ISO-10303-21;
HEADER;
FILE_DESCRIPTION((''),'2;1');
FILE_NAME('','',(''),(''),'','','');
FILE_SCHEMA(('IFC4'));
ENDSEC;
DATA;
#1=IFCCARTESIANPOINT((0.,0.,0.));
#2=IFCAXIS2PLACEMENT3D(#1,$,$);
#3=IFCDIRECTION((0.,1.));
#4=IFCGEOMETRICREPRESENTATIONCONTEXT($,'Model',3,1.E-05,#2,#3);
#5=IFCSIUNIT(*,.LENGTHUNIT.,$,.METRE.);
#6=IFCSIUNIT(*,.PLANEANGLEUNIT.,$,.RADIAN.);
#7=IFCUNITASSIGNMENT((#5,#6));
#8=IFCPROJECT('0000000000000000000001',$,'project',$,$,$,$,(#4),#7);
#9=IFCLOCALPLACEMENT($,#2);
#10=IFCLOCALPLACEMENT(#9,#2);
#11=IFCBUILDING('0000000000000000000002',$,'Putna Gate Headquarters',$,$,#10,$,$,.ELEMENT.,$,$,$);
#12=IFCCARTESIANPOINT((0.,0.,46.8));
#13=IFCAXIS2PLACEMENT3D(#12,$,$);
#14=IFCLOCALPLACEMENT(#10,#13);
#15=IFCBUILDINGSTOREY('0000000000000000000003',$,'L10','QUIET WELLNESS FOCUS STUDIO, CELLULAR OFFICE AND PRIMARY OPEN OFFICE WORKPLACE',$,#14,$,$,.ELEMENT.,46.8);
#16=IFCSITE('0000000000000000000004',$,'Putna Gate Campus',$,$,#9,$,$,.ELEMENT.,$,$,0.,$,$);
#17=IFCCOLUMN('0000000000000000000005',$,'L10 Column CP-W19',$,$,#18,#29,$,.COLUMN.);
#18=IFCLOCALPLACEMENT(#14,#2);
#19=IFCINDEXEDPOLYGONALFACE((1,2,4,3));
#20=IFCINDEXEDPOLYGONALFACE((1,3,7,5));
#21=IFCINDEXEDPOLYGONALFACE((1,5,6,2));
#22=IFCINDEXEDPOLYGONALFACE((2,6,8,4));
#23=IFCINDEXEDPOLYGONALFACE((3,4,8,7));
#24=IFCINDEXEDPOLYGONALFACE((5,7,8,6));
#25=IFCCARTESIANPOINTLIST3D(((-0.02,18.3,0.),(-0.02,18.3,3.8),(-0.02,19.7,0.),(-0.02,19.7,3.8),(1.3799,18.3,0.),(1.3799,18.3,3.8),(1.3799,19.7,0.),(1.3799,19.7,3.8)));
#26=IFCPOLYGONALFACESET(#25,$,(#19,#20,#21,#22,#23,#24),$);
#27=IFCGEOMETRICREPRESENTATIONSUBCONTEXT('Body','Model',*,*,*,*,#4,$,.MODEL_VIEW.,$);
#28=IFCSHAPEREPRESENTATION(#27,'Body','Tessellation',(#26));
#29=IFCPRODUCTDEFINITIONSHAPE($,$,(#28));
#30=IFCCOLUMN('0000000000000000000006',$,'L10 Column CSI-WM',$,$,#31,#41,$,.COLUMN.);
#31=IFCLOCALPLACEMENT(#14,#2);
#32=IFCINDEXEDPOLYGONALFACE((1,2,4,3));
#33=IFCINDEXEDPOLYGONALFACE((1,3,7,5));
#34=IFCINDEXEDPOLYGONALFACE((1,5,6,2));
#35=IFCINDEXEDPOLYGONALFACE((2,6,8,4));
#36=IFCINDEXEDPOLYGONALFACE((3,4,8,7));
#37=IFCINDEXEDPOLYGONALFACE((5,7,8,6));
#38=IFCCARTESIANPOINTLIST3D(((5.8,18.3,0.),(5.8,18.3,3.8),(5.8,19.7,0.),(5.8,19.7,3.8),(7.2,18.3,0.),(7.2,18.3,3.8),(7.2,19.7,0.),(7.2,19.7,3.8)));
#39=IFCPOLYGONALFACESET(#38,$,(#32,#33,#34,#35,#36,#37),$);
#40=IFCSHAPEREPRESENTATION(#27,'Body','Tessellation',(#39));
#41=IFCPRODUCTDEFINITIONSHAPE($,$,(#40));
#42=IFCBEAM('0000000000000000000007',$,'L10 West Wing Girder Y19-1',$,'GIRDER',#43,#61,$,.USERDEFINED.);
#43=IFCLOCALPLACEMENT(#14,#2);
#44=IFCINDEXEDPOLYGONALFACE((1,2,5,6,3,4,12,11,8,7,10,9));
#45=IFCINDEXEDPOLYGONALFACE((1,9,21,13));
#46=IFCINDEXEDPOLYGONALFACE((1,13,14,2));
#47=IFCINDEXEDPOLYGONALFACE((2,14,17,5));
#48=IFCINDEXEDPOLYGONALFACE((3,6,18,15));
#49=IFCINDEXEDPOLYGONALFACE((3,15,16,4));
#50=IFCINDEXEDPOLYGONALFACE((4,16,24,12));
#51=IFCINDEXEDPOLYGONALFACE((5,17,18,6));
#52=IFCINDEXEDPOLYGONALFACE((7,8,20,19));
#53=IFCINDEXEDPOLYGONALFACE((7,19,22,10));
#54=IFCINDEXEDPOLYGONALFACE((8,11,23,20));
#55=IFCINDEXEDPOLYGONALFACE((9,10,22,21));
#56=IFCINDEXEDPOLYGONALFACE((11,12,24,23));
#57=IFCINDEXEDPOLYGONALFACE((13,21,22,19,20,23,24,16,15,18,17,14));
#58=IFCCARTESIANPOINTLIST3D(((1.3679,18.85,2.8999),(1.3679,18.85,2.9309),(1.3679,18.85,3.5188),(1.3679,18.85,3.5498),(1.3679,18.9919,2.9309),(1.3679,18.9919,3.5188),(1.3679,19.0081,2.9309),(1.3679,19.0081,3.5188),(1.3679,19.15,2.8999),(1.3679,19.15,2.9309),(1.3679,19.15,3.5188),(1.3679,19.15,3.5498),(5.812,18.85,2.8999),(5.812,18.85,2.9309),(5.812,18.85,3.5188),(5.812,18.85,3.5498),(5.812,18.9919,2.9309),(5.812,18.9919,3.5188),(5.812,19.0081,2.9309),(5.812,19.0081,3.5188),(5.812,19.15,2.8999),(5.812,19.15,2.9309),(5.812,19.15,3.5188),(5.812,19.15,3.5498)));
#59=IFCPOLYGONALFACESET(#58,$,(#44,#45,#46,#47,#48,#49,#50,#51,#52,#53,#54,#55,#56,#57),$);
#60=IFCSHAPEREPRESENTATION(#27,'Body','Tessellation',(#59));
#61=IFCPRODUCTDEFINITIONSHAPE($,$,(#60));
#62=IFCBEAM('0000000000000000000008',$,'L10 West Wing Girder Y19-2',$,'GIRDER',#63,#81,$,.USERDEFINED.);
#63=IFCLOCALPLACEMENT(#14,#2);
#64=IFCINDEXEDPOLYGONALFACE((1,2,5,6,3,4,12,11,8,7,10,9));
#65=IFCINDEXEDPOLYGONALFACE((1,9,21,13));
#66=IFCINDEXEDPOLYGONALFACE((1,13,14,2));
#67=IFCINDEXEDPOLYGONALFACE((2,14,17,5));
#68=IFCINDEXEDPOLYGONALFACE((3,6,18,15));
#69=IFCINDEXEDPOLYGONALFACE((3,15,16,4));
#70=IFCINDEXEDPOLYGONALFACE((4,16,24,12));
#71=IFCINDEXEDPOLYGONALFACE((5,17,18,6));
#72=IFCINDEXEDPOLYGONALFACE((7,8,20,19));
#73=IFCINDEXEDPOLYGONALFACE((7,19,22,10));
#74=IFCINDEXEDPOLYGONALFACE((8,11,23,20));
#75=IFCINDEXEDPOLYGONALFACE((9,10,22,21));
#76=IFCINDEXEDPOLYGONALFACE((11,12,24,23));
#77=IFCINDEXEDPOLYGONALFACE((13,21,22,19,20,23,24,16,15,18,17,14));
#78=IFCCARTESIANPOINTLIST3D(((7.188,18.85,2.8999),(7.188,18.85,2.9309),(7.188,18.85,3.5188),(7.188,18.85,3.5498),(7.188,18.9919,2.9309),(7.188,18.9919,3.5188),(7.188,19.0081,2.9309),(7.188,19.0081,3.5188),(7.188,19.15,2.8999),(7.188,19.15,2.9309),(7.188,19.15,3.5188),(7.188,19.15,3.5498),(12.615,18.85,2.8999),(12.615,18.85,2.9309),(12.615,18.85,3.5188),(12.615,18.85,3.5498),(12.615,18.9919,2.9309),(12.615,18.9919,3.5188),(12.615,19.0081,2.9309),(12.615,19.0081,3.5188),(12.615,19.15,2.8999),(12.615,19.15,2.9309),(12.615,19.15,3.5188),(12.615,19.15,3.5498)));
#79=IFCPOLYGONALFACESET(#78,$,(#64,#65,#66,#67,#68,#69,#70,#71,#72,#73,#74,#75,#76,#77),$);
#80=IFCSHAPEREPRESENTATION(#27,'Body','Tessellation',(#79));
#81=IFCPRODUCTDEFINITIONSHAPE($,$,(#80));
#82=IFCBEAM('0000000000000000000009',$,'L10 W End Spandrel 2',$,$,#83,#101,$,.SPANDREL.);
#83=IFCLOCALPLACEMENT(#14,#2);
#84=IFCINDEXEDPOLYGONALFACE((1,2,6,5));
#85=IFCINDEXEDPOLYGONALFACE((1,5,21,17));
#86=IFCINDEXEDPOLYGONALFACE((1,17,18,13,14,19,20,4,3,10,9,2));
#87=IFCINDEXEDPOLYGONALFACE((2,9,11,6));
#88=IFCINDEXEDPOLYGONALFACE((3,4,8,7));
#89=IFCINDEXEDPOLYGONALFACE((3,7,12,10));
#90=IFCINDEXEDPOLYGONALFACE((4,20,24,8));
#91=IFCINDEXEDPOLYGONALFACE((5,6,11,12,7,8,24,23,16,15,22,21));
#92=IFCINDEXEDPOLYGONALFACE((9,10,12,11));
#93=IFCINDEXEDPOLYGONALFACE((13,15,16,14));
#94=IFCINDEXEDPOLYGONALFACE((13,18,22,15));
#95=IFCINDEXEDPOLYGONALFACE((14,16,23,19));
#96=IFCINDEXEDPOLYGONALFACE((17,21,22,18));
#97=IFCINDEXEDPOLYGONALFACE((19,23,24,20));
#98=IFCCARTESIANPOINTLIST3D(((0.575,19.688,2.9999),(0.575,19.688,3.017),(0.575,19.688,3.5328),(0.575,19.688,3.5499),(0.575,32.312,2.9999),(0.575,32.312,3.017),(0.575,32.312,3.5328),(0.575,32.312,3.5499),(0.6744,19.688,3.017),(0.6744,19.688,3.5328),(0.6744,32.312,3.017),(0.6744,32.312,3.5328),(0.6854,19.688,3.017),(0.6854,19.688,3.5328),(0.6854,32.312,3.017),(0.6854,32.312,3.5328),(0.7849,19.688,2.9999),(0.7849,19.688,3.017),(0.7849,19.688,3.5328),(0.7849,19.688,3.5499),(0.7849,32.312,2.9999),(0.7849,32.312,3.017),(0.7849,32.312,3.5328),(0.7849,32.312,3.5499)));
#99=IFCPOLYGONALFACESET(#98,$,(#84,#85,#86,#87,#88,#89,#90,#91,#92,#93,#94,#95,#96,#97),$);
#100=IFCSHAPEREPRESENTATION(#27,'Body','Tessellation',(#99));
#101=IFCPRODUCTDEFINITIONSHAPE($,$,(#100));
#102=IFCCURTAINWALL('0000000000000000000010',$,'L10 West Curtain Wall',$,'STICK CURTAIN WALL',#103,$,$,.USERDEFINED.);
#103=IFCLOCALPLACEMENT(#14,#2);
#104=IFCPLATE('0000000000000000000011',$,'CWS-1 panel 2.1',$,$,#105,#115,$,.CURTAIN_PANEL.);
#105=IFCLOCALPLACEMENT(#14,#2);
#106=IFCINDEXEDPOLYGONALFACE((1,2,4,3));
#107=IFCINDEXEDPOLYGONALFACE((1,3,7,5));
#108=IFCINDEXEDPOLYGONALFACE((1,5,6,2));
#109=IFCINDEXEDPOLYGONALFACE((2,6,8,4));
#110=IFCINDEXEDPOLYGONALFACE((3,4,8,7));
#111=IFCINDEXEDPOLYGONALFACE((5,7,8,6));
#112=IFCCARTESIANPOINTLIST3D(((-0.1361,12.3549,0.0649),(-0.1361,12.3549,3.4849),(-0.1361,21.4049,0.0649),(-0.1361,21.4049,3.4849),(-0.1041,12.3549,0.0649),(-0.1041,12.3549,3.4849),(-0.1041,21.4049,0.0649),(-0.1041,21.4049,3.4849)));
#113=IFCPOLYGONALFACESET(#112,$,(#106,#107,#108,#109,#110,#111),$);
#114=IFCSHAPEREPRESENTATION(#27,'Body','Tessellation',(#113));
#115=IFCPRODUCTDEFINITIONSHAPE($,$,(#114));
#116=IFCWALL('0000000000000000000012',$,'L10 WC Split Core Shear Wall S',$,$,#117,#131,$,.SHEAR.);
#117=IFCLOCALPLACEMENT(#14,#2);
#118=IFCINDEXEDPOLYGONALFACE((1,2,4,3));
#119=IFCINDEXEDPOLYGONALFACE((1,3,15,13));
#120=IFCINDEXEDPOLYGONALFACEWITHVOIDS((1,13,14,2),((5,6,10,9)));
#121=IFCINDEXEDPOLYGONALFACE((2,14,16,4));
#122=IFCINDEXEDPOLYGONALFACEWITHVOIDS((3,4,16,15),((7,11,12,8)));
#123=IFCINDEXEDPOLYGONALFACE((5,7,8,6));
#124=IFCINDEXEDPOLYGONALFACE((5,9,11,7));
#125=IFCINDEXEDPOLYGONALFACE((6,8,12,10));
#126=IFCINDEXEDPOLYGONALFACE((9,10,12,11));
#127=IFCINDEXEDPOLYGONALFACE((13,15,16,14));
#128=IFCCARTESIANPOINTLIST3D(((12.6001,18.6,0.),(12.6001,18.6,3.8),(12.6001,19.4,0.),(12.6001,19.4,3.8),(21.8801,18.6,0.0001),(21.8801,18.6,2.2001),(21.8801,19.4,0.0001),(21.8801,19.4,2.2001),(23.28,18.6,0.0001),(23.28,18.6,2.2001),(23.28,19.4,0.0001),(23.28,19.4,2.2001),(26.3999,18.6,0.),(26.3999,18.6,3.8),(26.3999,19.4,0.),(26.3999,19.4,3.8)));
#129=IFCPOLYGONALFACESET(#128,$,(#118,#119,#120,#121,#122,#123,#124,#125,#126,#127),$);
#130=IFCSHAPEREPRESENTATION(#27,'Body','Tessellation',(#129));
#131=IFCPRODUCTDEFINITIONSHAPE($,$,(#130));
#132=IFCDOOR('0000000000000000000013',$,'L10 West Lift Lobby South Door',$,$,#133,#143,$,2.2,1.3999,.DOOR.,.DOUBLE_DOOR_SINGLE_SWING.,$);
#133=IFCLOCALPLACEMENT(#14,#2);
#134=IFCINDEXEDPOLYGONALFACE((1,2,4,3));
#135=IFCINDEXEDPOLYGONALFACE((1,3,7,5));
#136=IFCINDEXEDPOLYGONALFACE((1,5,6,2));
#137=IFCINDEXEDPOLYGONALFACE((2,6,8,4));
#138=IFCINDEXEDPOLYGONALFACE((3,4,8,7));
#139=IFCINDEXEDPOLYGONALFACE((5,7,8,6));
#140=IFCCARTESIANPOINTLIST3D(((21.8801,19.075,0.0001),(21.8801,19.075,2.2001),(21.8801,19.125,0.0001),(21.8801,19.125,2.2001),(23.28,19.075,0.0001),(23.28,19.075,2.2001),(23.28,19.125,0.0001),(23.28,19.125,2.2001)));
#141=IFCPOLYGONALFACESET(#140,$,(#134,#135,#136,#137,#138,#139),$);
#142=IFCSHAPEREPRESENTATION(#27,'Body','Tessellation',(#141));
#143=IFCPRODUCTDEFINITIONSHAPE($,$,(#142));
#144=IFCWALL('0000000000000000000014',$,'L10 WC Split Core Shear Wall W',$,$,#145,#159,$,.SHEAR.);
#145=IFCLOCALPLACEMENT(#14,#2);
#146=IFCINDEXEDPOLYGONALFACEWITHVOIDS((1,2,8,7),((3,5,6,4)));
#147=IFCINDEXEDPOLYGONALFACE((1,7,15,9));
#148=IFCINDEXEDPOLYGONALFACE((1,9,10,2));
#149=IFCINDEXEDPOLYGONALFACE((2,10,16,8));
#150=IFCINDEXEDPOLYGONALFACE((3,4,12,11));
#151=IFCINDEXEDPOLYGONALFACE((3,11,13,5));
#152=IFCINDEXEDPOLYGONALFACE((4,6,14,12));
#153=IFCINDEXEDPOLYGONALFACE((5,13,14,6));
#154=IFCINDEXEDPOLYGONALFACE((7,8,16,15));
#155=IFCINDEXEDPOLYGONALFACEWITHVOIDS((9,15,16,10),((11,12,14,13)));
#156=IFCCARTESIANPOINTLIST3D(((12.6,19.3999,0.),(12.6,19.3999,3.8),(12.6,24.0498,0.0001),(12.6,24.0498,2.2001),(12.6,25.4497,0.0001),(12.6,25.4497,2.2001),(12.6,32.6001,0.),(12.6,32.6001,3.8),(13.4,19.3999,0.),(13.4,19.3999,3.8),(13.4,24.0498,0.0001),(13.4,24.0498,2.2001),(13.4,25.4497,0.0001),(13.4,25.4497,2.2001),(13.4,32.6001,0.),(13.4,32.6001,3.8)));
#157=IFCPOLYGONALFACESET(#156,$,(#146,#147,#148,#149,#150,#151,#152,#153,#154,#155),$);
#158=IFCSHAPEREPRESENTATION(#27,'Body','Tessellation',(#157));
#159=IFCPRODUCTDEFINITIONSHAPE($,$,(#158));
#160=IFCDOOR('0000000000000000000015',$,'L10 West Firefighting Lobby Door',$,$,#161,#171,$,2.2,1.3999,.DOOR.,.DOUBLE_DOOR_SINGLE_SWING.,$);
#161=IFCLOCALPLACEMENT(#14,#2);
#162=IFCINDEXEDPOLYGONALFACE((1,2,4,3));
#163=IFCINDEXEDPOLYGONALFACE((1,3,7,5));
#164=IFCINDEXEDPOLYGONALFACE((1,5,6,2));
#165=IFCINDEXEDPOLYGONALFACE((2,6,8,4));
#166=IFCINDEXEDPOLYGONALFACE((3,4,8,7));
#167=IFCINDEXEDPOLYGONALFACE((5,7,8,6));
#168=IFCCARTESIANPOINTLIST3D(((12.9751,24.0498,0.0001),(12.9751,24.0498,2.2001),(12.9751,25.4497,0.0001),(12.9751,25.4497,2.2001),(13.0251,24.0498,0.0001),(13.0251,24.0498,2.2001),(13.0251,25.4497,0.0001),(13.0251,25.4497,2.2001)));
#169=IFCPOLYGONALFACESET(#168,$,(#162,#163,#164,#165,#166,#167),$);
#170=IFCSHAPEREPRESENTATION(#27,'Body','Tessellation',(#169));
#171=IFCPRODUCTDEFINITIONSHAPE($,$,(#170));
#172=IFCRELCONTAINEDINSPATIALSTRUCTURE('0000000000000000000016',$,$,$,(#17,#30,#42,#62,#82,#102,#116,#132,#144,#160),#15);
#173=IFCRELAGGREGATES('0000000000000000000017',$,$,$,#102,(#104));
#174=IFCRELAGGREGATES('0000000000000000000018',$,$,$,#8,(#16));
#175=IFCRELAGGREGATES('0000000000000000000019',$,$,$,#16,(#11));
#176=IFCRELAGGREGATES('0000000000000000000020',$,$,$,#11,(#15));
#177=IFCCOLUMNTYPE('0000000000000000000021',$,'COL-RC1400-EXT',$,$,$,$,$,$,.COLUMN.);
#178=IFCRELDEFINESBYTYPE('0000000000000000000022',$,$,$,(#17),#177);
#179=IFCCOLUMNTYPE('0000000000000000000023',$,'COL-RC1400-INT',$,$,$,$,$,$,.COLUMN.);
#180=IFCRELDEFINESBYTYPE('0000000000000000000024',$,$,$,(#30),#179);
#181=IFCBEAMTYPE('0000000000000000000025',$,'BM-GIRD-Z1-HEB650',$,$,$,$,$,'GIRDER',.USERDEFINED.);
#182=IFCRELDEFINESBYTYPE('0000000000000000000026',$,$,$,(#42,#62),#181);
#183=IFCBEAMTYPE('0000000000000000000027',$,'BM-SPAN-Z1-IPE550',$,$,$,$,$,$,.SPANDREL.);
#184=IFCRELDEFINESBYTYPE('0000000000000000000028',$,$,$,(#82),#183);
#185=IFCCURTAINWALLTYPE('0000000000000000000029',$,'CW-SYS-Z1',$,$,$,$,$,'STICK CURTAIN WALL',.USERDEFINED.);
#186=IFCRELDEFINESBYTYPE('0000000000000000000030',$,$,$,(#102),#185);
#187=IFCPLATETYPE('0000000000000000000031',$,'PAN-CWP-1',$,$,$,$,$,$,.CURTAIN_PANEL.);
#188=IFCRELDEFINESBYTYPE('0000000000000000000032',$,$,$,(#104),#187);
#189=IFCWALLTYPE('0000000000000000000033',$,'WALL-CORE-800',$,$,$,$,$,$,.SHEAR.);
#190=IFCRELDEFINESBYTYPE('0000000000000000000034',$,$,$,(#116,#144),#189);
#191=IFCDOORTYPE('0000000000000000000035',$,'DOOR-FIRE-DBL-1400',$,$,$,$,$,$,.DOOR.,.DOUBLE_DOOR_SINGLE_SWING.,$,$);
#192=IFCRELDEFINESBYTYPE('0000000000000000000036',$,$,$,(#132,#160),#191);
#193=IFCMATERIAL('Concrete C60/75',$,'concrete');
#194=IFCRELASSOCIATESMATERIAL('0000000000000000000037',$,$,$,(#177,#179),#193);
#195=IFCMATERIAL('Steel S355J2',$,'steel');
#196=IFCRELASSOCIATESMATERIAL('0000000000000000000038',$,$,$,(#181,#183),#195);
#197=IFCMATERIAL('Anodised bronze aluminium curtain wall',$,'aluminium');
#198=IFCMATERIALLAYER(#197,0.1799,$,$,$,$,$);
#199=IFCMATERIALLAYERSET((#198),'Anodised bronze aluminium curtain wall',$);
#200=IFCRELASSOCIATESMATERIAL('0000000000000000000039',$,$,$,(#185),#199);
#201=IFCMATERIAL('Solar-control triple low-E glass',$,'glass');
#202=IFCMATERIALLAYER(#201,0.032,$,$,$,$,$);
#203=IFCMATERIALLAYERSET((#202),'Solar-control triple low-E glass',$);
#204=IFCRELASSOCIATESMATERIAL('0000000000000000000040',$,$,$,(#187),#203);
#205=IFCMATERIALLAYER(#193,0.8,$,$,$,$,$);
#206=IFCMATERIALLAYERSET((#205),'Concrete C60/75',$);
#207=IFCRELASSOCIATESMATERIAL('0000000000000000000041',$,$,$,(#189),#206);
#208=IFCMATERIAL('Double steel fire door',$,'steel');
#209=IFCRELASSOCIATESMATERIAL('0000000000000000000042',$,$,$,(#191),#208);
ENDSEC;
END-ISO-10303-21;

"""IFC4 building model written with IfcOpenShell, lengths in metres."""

from ifc_helpers import new_model, si_unit, direction, frame, frame_2d, origin, origin_2d, place, context, subcontext, project, spatial, rectangle, i_section, extrude, material, layer, layer_set, material_profile, profile_set, type_object, element, fill, aggregate, save


model = new_model("IFC4")

# Units and contexts
model_context = context("Model", 3, precision=1e-05, world=origin(), true_north=direction((0.0, 1.0)))
body_context = subcontext(model_context, "Body", "Model", "MODEL_VIEW")
ifc_project = project(units=[si_unit("LENGTHUNIT", "METRE"), si_unit("PLANEANGLEUNIT", "RADIAN")], contexts=[model_context])

# Site, building, storey
site_placement = place(None, origin())
site = spatial("IfcSite", under=ifc_project, at=site_placement, Name="Putna Gate Campus", CompositionType="ELEMENT", RefElevation=0.0)
building_placement = place(site_placement, origin())
building = spatial("IfcBuilding", under=site, at=building_placement, Name="Putna Gate Headquarters", CompositionType="ELEMENT")
storey_placement = place(building_placement, frame((0.0, 0.0, 46.8)))
storey = spatial("IfcBuildingStorey", under=building, at=storey_placement, Name="L10", Description="QUIET WELLNESS FOCUS STUDIO, CELLULAR OFFICE AND PRIMARY OPEN OFFICE WORKPLACE", CompositionType="ELEMENT", Elevation=46.8)

# Columns
ifc_material_1 = material(Name="Concrete C60/75", Category="concrete")
ifc_material_profile_1 = material_profile(ifc_material_1, rectangle(XDim=1.3999, YDim=1.3999, at=origin_2d()), Name="Concrete C60/75")
ifc_profile_set_1 = profile_set([ifc_material_profile_1], Name="Concrete C60/75")
column_type_1 = type_object("IfcColumnType", Name="COL-RC1400-EXT", PredefinedType="COLUMN", material=ifc_profile_set_1)
column_1_placement = place(storey_placement, frame((0.6799, 19.0, 0.0), z_axis=(0.0, 0.0, 1.0), x_axis=(1.0, 0.0, 0.0)))
element("IfcColumn", 1, at=column_1_placement, inside=storey, type_object=column_type_1, Name="L10 Column CP-W19", PredefinedType="COLUMN", context=body_context, shape_type="SweptSolid", body=[
    extrude(rectangle(XDim=1.3999, YDim=1.3999, at=origin_2d()), origin(), (0.0, 0.0, 1.0), 3.8),
])
ifc_material_profile_2 = material_profile(ifc_material_1, rectangle(XDim=1.3999, YDim=1.3999, at=origin_2d()), Name="Concrete C60/75")
ifc_profile_set_2 = profile_set([ifc_material_profile_2], Name="Concrete C60/75")
column_type_2 = type_object("IfcColumnType", Name="COL-RC1400-INT", PredefinedType="COLUMN", material=ifc_profile_set_2)
column_2_placement = place(storey_placement, frame((6.5, 19.0, 0.0), z_axis=(0.0, 0.0, 1.0), x_axis=(1.0, 0.0, 0.0)))
element("IfcColumn", 2, at=column_2_placement, inside=storey, type_object=column_type_2, Name="L10 Column CSI-WM", PredefinedType="COLUMN", context=body_context, shape_type="SweptSolid", body=[
    extrude(rectangle(XDim=1.3999, YDim=1.3999, at=origin_2d()), origin(), (0.0, 0.0, 1.0), 3.8),
])

# Beams
ifc_material_2 = material(Name="Steel S355J2", Category="steel")
ifc_material_profile_3 = material_profile(ifc_material_2, i_section(OverallWidth=0.3, OverallDepth=0.6499, WebThickness=0.0161, FlangeThickness=0.031, at=origin_2d()), Name="Steel S355J2")
ifc_profile_set_3 = profile_set([ifc_material_profile_3], Name="Steel S355J2")
beam_type_1 = type_object("IfcBeamType", Name="BM-GIRD-Z1-HEB650", ElementType="GIRDER", PredefinedType="USERDEFINED", material=ifc_profile_set_3)
beam_1_placement = place(storey_placement, frame((1.3679, 19.0, 3.2249), z_axis=(1.0, 0.0, 0.0), x_axis=(0.0, 1.0, 0.0)))
element("IfcBeam", 3, at=beam_1_placement, inside=storey, type_object=beam_type_1, Name="L10 West Wing Girder Y19-1", ObjectType="GIRDER", PredefinedType="USERDEFINED", context=body_context, shape_type="SweptSolid", body=[
    extrude(i_section(OverallWidth=0.3, OverallDepth=0.6499, WebThickness=0.0161, FlangeThickness=0.031, at=origin_2d()), origin(), (0.0, 0.0, 1.0), 4.4441),
])
beam_2_placement = place(storey_placement, frame((7.188, 19.0, 3.2249), z_axis=(1.0, 0.0, 0.0), x_axis=(0.0, 1.0, 0.0)))
element("IfcBeam", 4, at=beam_2_placement, inside=storey, type_object=beam_type_1, Name="L10 West Wing Girder Y19-2", ObjectType="GIRDER", PredefinedType="USERDEFINED", context=body_context, shape_type="SweptSolid", body=[
    extrude(i_section(OverallWidth=0.3, OverallDepth=0.6499, WebThickness=0.0161, FlangeThickness=0.031, at=origin_2d()), origin(), (0.0, 0.0, 1.0), 5.427),
])
ifc_material_profile_4 = material_profile(ifc_material_2, i_section(OverallWidth=0.21, OverallDepth=0.55, WebThickness=0.011, FlangeThickness=0.0171, at=origin_2d()), Name="Steel S355J2")
ifc_profile_set_4 = profile_set([ifc_material_profile_4], Name="Steel S355J2")
beam_type_2 = type_object("IfcBeamType", Name="BM-SPAN-Z1-IPE550", PredefinedType="SPANDREL", material=ifc_profile_set_4)
beam_3_placement = place(storey_placement, frame((0.6799, 19.688, 3.2749), z_axis=(0.0, 1.0, 0.0), x_axis=(-1.0, 0.0, 0.0)))
element("IfcBeam", 5, at=beam_3_placement, inside=storey, type_object=beam_type_2, Name="L10 W End Spandrel 2", PredefinedType="SPANDREL", context=body_context, shape_type="SweptSolid", body=[
    extrude(i_section(OverallWidth=0.21, OverallDepth=0.55, WebThickness=0.011, FlangeThickness=0.0171, at=origin_2d()), origin(), (0.0, 0.0, 1.0), 12.624),
])

# Curtain wall, plate
ifc_material_3 = material(Name="Anodised bronze aluminium curtain wall", Category="aluminium")
ifc_layer_1 = layer(ifc_material_3, 0.1799)
ifc_layer_set_1 = layer_set([ifc_layer_1], Name="Anodised bronze aluminium curtain wall")
curtain_wall_type = type_object("IfcCurtainWallType", Name="CW-SYS-Z1", ElementType="STICK CURTAIN WALL", PredefinedType="USERDEFINED", material=ifc_layer_set_1)
curtain_wall_placement = place(storey_placement, origin())
curtain_wall = element("IfcCurtainWall", 6, at=curtain_wall_placement, inside=storey, type_object=curtain_wall_type, Name="L10 West Curtain Wall", ObjectType="STICK CURTAIN WALL", PredefinedType="USERDEFINED")
ifc_material_4 = material(Name="Solar-control triple low-E glass", Category="glass")
ifc_layer_2 = layer(ifc_material_4, 0.032)
ifc_layer_set_2 = layer_set([ifc_layer_2], Name="Solar-control triple low-E glass")
plate_type = type_object("IfcPlateType", Name="PAN-CWP-1", PredefinedType="CURTAIN_PANEL", material=ifc_layer_set_2)
plate_placement = place(storey_placement, frame((-0.1201, 16.8799, 0.0649), z_axis=(0.0, 0.0, 1.0), x_axis=(0.0, 1.0, 0.0)))
plate = element("IfcPlate", 7, at=plate_placement, type_object=plate_type, Name="CWS-1 panel 2.1", PredefinedType="CURTAIN_PANEL", context=body_context, shape_type="SweptSolid", body=[
    extrude(rectangle(XDim=9.05, YDim=0.032, at=origin_2d()), origin(), (0.0, 0.0, 1.0), 3.4199),
])
aggregate(curtain_wall, [plate])

# Walls, openings, doors
ifc_layer_3 = layer(ifc_material_1, 0.8)
ifc_layer_set_3 = layer_set([ifc_layer_3], Name="Concrete C60/75")
wall_type_1 = type_object("IfcWallType", Name="WALL-CORE-800", PredefinedType="SHEAR", material=ifc_layer_set_3)
wall_1_placement = place(storey_placement, frame((12.6001, 19.0, 0.0), z_axis=(0.0, 0.0, 1.0), x_axis=(1.0, 0.0, 0.0)))
wall_1 = element("IfcWall", 8, at=wall_1_placement, inside=storey, type_object=wall_type_1, Name="L10 WC Split Core Shear Wall S", PredefinedType="SHEAR", context=body_context, shape_type="SweptSolid", body=[
    extrude(rectangle(XDim=13.7998, YDim=0.8, at=frame_2d((6.8999, 0.0))), origin(), (0.0, 0.0, 1.0), 3.8),
])
opening_1_placement = place(wall_1_placement, frame((9.28, 0.0, 0.0)))
opening_1 = element("IfcOpeningElement", 9, at=opening_1_placement, cuts=wall_1, PredefinedType="OPENING", context=body_context, shape_type="SweptSolid", body=[
    extrude(rectangle(XDim=1.3999, YDim=2.2, at=frame_2d((0.7, 1.1001))), frame((0.0, 0.4099, 0.0), z_axis=(0.0, -1.0, 0.0), x_axis=(1.0, 0.0, 0.0)), (0.0, 0.0, 1.0), 0.8201),
])
ifc_material_5 = material(Name="Double steel fire door", Category="steel")
door_type_1 = type_object("IfcDoorType", Name="DOOR-FIRE-DBL-1400", OperationType="DOUBLE_DOOR_SINGLE_SWING", PredefinedType="DOOR", material=ifc_material_5)
door_1_placement = place(opening_1_placement, origin())
door_1 = element("IfcDoor", 10, at=door_1_placement, inside=storey, type_object=door_type_1, Name="L10 West Lift Lobby South Door", OperationType="DOUBLE_DOOR_SINGLE_SWING", OverallHeight=2.2, OverallWidth=1.3999, PredefinedType="DOOR", context=body_context, shape_type="SweptSolid", body=[
    extrude(rectangle(XDim=1.3999, YDim=2.2, at=frame_2d((0.7, 1.1001))), frame((0.0, 0.125, 0.0), z_axis=(0.0, -1.0, 0.0), x_axis=(1.0, 0.0, 0.0)), (0.0, 0.0, 1.0), 0.05),
])
fill(opening_1, door_1)
wall_2_placement = place(storey_placement, frame((13.0, 19.3999, 0.0), z_axis=(0.0, 0.0, 1.0), x_axis=(0.0, 1.0, 0.0)))
wall_2 = element("IfcWall", 11, at=wall_2_placement, inside=storey, type_object=wall_type_1, Name="L10 WC Split Core Shear Wall W", PredefinedType="SHEAR", context=body_context, shape_type="SweptSolid", body=[
    extrude(rectangle(XDim=13.2002, YDim=0.8, at=frame_2d((6.6001, 0.0))), origin(), (0.0, 0.0, 1.0), 3.8),
])
opening_2_placement = place(wall_2_placement, frame((4.6499, 0.0, 0.0)))
opening_2 = element("IfcOpeningElement", 12, at=opening_2_placement, cuts=wall_2, PredefinedType="OPENING", context=body_context, shape_type="SweptSolid", body=[
    extrude(rectangle(XDim=1.3999, YDim=2.2, at=frame_2d((0.7, 1.1001))), frame((0.0, 0.4099, 0.0), z_axis=(0.0, -1.0, 0.0), x_axis=(1.0, 0.0, 0.0)), (0.0, 0.0, 1.0), 0.8201),
])
door_2_placement = place(opening_2_placement, origin())
door_2 = element("IfcDoor", 13, at=door_2_placement, inside=storey, type_object=door_type_1, Name="L10 West Firefighting Lobby Door", OperationType="DOUBLE_DOOR_SINGLE_SWING", OverallHeight=2.2, OverallWidth=1.3999, PredefinedType="DOOR", context=body_context, shape_type="SweptSolid", body=[
    extrude(rectangle(XDim=1.3999, YDim=2.2, at=frame_2d((0.7, 1.1001))), frame((0.0, 0.0249, 0.0), z_axis=(0.0, -1.0, 0.0), x_axis=(1.0, 0.0, 0.0)), (0.0, 0.0, 1.0), 0.05),
])
fill(opening_2, door_2)

save(model, "model.ifc")
